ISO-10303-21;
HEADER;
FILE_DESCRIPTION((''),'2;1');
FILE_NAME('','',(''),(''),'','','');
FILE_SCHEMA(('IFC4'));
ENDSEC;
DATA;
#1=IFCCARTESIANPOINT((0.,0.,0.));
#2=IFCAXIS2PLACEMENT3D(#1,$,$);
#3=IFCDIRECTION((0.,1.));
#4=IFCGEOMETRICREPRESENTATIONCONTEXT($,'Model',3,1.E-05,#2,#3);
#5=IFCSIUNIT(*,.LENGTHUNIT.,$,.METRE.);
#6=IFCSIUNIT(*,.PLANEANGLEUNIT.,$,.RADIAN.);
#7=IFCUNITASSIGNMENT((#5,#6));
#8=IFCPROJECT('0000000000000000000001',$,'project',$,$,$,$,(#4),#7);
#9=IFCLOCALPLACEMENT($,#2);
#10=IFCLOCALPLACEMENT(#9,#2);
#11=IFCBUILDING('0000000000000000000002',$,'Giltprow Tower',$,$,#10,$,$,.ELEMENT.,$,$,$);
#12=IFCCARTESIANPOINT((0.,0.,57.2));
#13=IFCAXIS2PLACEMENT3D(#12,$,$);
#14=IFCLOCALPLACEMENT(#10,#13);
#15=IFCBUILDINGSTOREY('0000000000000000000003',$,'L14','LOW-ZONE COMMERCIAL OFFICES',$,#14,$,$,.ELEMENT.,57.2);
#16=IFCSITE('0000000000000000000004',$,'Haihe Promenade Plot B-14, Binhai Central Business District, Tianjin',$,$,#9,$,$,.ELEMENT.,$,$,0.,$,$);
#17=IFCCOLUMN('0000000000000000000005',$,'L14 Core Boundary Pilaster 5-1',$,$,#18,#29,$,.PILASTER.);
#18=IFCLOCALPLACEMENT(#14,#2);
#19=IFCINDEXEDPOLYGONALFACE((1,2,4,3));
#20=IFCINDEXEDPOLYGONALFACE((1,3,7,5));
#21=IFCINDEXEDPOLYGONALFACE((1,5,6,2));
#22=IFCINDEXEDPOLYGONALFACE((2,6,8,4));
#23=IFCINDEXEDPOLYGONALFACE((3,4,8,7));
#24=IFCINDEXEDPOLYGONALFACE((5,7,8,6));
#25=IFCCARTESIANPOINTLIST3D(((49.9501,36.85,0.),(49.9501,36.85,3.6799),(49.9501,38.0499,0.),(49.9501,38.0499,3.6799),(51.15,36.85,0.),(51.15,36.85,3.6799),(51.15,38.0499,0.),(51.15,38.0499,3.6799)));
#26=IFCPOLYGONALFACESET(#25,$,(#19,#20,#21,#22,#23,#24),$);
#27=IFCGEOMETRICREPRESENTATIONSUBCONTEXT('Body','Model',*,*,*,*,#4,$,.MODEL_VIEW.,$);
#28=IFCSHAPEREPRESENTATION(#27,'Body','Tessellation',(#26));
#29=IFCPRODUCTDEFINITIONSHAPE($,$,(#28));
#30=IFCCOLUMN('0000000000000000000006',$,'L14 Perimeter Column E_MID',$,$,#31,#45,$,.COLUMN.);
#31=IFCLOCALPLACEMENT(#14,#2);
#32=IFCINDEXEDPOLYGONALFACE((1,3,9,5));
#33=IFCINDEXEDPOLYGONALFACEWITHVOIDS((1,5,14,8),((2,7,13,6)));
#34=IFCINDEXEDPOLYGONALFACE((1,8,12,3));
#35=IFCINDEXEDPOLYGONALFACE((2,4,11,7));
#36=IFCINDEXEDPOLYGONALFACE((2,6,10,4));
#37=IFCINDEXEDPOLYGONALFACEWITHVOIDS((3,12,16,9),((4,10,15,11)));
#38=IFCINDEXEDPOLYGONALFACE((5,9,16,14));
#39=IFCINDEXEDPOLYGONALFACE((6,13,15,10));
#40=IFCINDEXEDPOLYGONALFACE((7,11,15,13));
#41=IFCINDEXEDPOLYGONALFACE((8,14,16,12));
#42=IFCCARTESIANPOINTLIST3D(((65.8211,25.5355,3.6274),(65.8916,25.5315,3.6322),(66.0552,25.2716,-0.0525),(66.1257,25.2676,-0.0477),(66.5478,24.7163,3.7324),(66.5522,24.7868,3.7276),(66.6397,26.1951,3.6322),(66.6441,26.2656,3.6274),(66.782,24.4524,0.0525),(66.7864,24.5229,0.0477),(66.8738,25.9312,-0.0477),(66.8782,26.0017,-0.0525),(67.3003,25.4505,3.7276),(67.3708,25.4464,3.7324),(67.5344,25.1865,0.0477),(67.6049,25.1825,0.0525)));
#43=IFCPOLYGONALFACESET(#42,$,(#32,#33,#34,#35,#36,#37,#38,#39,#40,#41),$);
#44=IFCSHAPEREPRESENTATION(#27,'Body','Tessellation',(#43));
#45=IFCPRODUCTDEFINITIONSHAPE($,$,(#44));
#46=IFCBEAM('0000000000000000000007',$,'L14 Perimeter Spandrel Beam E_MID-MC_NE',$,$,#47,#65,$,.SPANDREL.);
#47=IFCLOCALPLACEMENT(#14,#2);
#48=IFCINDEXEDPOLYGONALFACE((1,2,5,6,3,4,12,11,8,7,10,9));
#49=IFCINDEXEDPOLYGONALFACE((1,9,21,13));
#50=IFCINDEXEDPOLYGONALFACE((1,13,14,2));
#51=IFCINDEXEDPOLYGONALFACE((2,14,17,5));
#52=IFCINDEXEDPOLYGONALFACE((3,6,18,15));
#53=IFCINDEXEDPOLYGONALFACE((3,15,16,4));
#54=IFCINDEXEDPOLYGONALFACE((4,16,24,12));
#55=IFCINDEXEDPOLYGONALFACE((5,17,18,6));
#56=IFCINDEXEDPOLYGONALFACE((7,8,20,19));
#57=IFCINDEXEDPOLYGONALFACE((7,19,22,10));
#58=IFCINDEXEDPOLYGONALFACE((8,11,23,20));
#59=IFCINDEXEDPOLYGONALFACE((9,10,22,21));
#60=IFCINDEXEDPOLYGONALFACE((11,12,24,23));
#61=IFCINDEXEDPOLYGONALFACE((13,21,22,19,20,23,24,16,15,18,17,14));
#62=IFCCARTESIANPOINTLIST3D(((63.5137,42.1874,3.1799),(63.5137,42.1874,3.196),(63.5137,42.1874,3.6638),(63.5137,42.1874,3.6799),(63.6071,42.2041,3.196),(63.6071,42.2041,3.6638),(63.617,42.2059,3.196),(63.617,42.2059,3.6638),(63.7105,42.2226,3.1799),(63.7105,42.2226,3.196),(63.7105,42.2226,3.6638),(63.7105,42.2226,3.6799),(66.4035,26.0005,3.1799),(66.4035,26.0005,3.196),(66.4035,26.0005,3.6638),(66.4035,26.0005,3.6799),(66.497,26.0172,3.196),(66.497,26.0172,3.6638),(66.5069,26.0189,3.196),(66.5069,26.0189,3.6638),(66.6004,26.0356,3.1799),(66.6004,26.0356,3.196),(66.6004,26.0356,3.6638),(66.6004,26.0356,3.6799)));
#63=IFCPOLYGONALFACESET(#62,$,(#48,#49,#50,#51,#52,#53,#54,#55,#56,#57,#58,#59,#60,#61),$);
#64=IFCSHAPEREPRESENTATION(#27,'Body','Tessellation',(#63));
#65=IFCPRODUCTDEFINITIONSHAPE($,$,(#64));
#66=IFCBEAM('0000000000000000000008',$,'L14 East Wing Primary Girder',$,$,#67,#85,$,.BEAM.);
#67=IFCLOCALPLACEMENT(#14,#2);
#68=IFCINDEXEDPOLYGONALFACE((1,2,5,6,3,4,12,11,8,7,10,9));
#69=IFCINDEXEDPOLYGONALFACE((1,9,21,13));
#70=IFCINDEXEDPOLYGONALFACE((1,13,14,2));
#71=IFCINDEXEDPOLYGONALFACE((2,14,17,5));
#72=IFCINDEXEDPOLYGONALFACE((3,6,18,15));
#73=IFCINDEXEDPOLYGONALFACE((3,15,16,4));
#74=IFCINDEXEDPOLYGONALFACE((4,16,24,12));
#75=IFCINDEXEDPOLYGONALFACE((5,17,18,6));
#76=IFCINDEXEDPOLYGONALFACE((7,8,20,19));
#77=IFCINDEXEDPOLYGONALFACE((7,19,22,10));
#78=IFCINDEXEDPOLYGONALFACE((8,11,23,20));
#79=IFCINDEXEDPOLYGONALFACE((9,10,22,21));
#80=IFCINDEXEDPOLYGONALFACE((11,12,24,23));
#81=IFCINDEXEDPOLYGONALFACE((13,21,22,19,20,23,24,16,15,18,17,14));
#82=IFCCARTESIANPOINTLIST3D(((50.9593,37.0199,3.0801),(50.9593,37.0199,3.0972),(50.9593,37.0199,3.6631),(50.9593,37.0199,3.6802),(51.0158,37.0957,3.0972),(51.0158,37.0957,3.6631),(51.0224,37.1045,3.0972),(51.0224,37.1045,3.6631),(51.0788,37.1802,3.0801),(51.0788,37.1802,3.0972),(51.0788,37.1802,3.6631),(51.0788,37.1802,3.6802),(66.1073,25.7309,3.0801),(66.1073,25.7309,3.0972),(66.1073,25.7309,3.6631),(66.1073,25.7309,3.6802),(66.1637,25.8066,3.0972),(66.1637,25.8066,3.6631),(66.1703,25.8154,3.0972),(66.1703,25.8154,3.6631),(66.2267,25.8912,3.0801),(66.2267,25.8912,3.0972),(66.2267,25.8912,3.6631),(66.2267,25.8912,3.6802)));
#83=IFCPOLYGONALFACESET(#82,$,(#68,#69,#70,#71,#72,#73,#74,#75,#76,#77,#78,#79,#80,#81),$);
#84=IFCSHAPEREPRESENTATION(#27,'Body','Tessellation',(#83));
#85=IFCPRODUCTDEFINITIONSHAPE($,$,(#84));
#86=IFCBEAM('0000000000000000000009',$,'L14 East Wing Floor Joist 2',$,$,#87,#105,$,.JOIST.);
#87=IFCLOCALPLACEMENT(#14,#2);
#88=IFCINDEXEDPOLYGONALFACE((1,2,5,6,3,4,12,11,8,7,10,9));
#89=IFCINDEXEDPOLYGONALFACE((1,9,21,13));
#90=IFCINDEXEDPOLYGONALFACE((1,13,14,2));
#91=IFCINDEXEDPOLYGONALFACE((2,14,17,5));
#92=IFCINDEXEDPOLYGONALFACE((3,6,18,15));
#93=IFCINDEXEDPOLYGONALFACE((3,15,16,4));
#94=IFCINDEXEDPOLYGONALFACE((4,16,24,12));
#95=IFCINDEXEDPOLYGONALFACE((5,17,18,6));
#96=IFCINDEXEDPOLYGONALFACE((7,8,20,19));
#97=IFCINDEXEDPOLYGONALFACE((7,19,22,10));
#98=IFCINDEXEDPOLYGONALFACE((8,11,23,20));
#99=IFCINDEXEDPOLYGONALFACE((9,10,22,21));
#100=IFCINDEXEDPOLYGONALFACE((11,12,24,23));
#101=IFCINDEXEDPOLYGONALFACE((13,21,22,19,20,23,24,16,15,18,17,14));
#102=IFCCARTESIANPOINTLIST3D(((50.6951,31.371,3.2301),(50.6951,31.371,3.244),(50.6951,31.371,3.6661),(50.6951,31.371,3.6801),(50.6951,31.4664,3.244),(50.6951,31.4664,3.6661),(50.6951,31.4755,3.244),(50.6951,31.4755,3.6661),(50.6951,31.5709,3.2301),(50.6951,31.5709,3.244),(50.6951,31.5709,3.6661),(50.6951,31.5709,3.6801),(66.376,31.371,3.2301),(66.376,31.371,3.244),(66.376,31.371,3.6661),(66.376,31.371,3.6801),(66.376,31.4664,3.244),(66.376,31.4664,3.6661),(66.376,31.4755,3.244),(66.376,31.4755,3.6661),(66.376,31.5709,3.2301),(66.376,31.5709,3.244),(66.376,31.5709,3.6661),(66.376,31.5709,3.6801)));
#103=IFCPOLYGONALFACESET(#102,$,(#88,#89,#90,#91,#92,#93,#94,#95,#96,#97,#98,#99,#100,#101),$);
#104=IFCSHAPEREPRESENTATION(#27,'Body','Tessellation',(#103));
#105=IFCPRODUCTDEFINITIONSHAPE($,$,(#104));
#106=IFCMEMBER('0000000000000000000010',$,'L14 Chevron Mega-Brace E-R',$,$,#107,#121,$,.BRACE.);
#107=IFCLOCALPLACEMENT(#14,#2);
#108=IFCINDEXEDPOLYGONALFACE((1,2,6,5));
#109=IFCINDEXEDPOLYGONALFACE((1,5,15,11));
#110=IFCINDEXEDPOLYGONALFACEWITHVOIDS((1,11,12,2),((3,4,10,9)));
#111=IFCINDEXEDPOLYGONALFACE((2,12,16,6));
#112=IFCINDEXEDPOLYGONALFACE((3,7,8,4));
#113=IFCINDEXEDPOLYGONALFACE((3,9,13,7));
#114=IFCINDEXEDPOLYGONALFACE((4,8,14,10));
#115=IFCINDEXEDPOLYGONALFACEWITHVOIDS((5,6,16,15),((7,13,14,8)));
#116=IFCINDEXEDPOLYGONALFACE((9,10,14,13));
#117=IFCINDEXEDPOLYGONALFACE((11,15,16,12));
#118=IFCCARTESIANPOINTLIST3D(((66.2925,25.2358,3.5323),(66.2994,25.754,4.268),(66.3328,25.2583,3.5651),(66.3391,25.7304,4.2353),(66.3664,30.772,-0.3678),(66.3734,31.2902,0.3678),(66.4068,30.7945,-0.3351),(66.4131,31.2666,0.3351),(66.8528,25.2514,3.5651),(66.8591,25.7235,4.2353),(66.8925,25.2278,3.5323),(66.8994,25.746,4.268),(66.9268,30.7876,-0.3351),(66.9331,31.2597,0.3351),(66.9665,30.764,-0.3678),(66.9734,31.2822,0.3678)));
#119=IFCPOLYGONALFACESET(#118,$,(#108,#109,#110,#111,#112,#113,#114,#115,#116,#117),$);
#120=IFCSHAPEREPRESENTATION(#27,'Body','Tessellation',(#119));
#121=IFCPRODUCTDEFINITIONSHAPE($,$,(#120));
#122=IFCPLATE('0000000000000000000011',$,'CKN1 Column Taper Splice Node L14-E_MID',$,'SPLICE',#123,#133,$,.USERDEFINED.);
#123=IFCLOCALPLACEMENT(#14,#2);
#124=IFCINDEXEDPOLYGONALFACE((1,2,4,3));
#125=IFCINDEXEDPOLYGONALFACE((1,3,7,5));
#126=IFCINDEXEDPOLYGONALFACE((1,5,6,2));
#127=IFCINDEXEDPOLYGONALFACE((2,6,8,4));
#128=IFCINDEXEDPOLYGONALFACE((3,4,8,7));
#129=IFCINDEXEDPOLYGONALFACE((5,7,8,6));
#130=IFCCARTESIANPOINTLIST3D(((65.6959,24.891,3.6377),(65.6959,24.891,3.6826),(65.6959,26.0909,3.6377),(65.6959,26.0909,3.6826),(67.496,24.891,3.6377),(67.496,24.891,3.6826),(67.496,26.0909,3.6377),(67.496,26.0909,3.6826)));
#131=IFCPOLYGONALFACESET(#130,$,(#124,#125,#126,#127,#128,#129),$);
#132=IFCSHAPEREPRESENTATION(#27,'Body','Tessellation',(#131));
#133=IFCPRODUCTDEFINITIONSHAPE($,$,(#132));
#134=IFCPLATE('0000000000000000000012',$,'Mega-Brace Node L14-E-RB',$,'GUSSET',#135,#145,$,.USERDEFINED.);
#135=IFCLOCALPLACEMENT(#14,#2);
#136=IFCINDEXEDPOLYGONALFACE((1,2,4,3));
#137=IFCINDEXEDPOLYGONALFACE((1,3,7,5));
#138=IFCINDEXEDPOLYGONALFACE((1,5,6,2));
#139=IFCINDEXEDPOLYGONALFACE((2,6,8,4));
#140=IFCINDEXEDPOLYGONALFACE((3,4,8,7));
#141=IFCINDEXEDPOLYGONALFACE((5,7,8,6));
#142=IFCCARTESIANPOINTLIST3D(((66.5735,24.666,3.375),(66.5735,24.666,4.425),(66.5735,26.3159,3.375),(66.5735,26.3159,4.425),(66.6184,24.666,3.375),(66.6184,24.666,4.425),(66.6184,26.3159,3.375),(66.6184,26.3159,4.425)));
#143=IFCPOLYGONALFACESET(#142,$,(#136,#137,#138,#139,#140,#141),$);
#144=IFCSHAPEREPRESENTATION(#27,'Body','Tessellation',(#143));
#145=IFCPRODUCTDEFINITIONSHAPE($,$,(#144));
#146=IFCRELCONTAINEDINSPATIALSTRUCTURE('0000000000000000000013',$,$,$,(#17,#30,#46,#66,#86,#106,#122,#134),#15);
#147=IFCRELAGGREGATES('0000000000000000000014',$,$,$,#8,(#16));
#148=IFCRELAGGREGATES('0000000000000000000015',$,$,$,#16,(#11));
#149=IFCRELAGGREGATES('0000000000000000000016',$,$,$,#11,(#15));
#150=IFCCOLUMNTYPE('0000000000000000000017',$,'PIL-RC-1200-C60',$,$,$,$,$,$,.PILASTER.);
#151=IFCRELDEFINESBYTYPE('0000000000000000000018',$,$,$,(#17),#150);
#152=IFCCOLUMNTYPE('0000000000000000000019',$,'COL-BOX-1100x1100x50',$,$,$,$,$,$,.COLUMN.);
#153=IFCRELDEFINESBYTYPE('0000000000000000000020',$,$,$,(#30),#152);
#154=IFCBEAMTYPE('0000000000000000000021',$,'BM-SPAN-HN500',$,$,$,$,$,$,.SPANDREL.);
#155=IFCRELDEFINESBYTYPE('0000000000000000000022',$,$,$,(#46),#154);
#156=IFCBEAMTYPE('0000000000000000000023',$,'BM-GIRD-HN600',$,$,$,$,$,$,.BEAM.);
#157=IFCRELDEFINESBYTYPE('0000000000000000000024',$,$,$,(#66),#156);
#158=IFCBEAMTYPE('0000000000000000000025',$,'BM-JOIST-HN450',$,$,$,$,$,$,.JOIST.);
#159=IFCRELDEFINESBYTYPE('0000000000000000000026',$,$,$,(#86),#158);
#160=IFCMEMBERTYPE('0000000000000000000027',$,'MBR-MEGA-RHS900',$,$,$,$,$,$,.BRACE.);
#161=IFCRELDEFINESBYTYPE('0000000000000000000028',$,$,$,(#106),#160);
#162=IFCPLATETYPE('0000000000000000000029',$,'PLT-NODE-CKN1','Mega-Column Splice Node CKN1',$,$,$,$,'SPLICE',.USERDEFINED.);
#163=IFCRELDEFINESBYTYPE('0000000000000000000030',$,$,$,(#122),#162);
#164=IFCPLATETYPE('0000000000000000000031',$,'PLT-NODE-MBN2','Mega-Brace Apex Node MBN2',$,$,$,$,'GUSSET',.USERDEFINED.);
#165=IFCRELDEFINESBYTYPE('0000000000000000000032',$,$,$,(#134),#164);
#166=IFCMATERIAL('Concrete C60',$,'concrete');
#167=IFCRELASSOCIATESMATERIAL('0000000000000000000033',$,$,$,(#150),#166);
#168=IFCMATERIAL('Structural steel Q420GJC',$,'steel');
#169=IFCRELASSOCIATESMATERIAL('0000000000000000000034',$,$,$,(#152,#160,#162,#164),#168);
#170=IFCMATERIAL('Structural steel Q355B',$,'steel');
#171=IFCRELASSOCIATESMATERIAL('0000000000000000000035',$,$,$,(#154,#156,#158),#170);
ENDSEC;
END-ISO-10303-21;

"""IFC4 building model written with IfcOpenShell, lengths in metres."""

from ifc_helpers import new_model, si_unit, direction, frame, origin, origin_2d, place, context, subcontext, project, spatial, rectangle, hollow_rectangle, i_section, extrude, source, transform, mapped, material, material_profile, profile_set, type_object, element, save


model = new_model("IFC4")

# Units and contexts
model_context = context("Model", 3, precision=1e-05, world=origin(), true_north=direction((0.0, 1.0)))
body_context = subcontext(model_context, "Body", "Model", "MODEL_VIEW")
ifc_project = project(units=[si_unit("LENGTHUNIT", "METRE"), si_unit("PLANEANGLEUNIT", "RADIAN")], contexts=[model_context])

# Site, building, storey
site_placement = place(None, origin())
site = spatial("IfcSite", under=ifc_project, at=site_placement, Name="Haihe Promenade Plot B-14, Binhai Central Business District, Tianjin", CompositionType="ELEMENT", RefElevation=0.0)
building_placement = place(site_placement, origin())
building = spatial("IfcBuilding", under=site, at=building_placement, Name="Giltprow Tower", CompositionType="ELEMENT")
storey_placement = place(building_placement, frame((0.0, 0.0, 57.2)))
storey = spatial("IfcBuildingStorey", under=building, at=storey_placement, Name="L14", Description="LOW-ZONE COMMERCIAL OFFICES", CompositionType="ELEMENT", Elevation=57.2)

# Columns
ifc_material_1 = material(Name="Concrete C60", Category="concrete")
ifc_material_profile_1 = material_profile(ifc_material_1, rectangle(XDim=1.2, YDim=1.2, at=origin_2d()), Name="RC 1200x1200")
ifc_profile_set_1 = profile_set([ifc_material_profile_1], Name="Concrete C60")
column_type_1 = type_object("IfcColumnType", Name="PIL-RC-1200-C60", PredefinedType="PILASTER", material=ifc_profile_set_1)
shared_shape_1 = source(origin(), body_context, "Body", "SweptSolid", [
    extrude(rectangle(XDim=1.2, YDim=1.2, at=origin_2d()), origin(), (0.0, 0.0, 1.0), 3.6799),
])
column_1_placement = place(storey_placement, frame((50.55, 37.45, 0.0), z_axis=(0.0, 0.0, 1.0), x_axis=(1.0, 0.0, 0.0)))
element("IfcColumn", 1, at=column_1_placement, inside=storey, type_object=column_type_1, Name="L14 Core Boundary Pilaster 5-1", PredefinedType="PILASTER", context=body_context, shape_type="MappedRepresentation", body=[
    mapped(shared_shape_1, transform((0.0, 0.0, 0.0), x_axis=(1.0, 0.0, 0.0), y_axis=(0.0, 1.0, 0.0), z_axis=(0.0, 0.0, 1.0), scale=1.0)),
])
ifc_material_2 = material(Name="Structural steel Q420GJC", Category="steel")
ifc_material_profile_2 = material_profile(ifc_material_2, hollow_rectangle(XDim=1.1001, YDim=1.1001, WallThickness=0.05, at=origin_2d()), Name="BOX 1100x1100x50")
ifc_profile_set_2 = profile_set([ifc_material_profile_2], Name="Structural steel Q420GJC")
column_type_2 = type_object("IfcColumnType", Name="COL-BOX-1100x1100x50", PredefinedType="COLUMN", material=ifc_profile_set_2)
shared_shape_2 = source(origin(), body_context, "Body", "SweptSolid", [
    extrude(hollow_rectangle(XDim=1.1001, YDim=1.1001, WallThickness=0.05, at=origin_2d()), origin(), (0.0, 0.0, 1.0), 3.6968),
])
column_2_placement = place(storey_placement, frame((66.8301, 25.2271, 0.0), z_axis=(-0.063333, 0.07139, 0.995436), x_axis=(-0.748058, -0.663633, 0.0)))
element("IfcColumn", 2, at=column_2_placement, inside=storey, type_object=column_type_2, Name="L14 Perimeter Column E_MID", PredefinedType="COLUMN", context=body_context, shape_type="MappedRepresentation", body=[
    mapped(shared_shape_2, transform((0.0, 0.0, 0.0), x_axis=(1.0, 0.0, 0.0), y_axis=(0.0, 1.0, 0.0), z_axis=(0.0, 0.0, 1.0), scale=1.0)),
])

# Beams
ifc_material_3 = material(Name="Structural steel Q355B", Category="steel")
ifc_material_profile_3 = material_profile(ifc_material_3, i_section(OverallWidth=0.2, OverallDepth=0.5, WebThickness=0.01, FlangeThickness=0.0161, at=origin_2d()), Name="HN 500x200x10x16")
ifc_profile_set_3 = profile_set([ifc_material_profile_3], Name="Structural steel Q355B")
beam_type_1 = type_object("IfcBeamType", Name="BM-SPAN-HN500", PredefinedType="SPANDREL", material=ifc_profile_set_3)
shared_shape_3 = source(origin(), body_context, "Body", "SweptSolid", [
    extrude(i_section(OverallWidth=0.2, OverallDepth=0.5, WebThickness=0.01, FlangeThickness=0.0161, at=origin_2d()), origin(), (0.0, 0.0, 1.0), 16.4429),
])
beam_1_placement = place(storey_placement, frame((66.502, 26.0181, 3.4299), z_axis=(-0.175753, 0.984434, 0.0), x_axis=(-0.984434, -0.175753, 0.0)))
element("IfcBeam", 3, at=beam_1_placement, inside=storey, type_object=beam_type_1, Name="L14 Perimeter Spandrel Beam E_MID-MC_NE", PredefinedType="SPANDREL", context=body_context, shape_type="MappedRepresentation", body=[
    mapped(shared_shape_3, transform((0.0, 0.0, 0.0), x_axis=(1.0, 0.0, 0.0), y_axis=(0.0, 1.0, 0.0), z_axis=(0.0, 0.0, 1.0), scale=1.0)),
])
ifc_material_profile_4 = material_profile(ifc_material_3, i_section(OverallWidth=0.2, OverallDepth=0.6001, WebThickness=0.011, FlangeThickness=0.0171, at=origin_2d()), Name="HN 600x200x11x17")
ifc_profile_set_4 = profile_set([ifc_material_profile_4], Name="Structural steel Q355B")
beam_type_2 = type_object("IfcBeamType", Name="BM-GIRD-HN600", PredefinedType="BEAM", material=ifc_profile_set_4)
shared_shape_4 = source(origin(), body_context, "Body", "SweptSolid", [
    extrude(i_section(OverallWidth=0.2, OverallDepth=0.6001, WebThickness=0.011, FlangeThickness=0.0171, at=origin_2d()), origin(), (0.0, 0.0, 1.0), 18.8918),
])
beam_2_placement = place(storey_placement, frame((66.167, 25.811, 3.3801), z_axis=(-0.801823, 0.597561, 0.0), x_axis=(-0.597561, -0.801823, 0.0)))
element("IfcBeam", 4, at=beam_2_placement, inside=storey, type_object=beam_type_2, Name="L14 East Wing Primary Girder", PredefinedType="BEAM", context=body_context, shape_type="MappedRepresentation", body=[
    mapped(shared_shape_4, transform((0.0, 0.0, 0.0), x_axis=(1.0, 0.0, 0.0), y_axis=(0.0, 1.0, 0.0), z_axis=(0.0, 0.0, 1.0), scale=1.0)),
])
ifc_material_profile_5 = material_profile(ifc_material_3, i_section(OverallWidth=0.2, OverallDepth=0.45, WebThickness=0.009, FlangeThickness=0.0139, at=origin_2d()), Name="HN 450x200x9x14")
ifc_profile_set_5 = profile_set([ifc_material_profile_5], Name="Structural steel Q355B")
beam_type_3 = type_object("IfcBeamType", Name="BM-JOIST-HN450", PredefinedType="JOIST", material=ifc_profile_set_5)
shared_shape_5 = source(origin(), body_context, "Body", "SweptSolid", [
    extrude(i_section(OverallWidth=0.2, OverallDepth=0.45, WebThickness=0.009, FlangeThickness=0.0139, at=origin_2d()), origin(), (0.0, 0.0, 1.0), 15.6809),
])
beam_3_placement = place(storey_placement, frame((50.6951, 31.4709, 3.4551), z_axis=(1.0, 0.0, 0.0), x_axis=(0.0, 1.0, 0.0)))
element("IfcBeam", 5, at=beam_3_placement, inside=storey, type_object=beam_type_3, Name="L14 East Wing Floor Joist 2", PredefinedType="JOIST", context=body_context, shape_type="MappedRepresentation", body=[
    mapped(shared_shape_5, transform((0.0, 0.0, 0.0), x_axis=(1.0, 0.0, 0.0), y_axis=(0.0, 1.0, 0.0), z_axis=(0.0, 0.0, 1.0), scale=1.0)),
])

# Member
ifc_material_profile_6 = material_profile(ifc_material_2, hollow_rectangle(XDim=0.6001, YDim=0.8999, WallThickness=0.04, at=origin_2d()), Name="RHS 900x600x40")
ifc_profile_set_6 = profile_set([ifc_material_profile_6], Name="Structural steel Q420GJC")
member_type = type_object("IfcMemberType", Name="MBR-MEGA-RHS900", PredefinedType="BRACE", material=ifc_profile_set_6)
shared_shape_6 = source(origin(), body_context, "Body", "SweptSolid", [
    extrude(hollow_rectangle(XDim=0.6001, YDim=0.8999, WallThickness=0.04, at=origin_2d()), origin(), (0.0, 0.0, 1.0), 6.7725),
])
member_placement = place(storey_placement, frame((66.6699, 31.0271, 0.0), z_axis=(-0.010923, -0.817455, 0.575889), x_axis=(0.999911, -0.013361, 0.0)))
element("IfcMember", 6, at=member_placement, inside=storey, type_object=member_type, Name="L14 Chevron Mega-Brace E-R", PredefinedType="BRACE", context=body_context, shape_type="MappedRepresentation", body=[
    mapped(shared_shape_6, transform((0.0, 0.0, 0.0), x_axis=(1.0, 0.0, 0.0), y_axis=(0.0, 1.0, 0.0), z_axis=(0.0, 0.0, 1.0), scale=1.0)),
])

# Plates
plate_type_1 = type_object("IfcPlateType", Name="PLT-NODE-CKN1", Description="Mega-Column Splice Node CKN1", ElementType="SPLICE", PredefinedType="USERDEFINED", material=ifc_material_2)
shared_shape_7 = source(origin(), body_context, "Body", "SweptSolid", [
    extrude(rectangle(XDim=1.8, YDim=1.2, at=origin_2d()), origin(), (0.0, 0.0, 1.0), 0.0449),
])
plate_1_placement = place(storey_placement, frame((66.5959, 25.491, 3.6377), z_axis=(0.0, 0.0, 1.0), x_axis=(1.0, 0.0, 0.0)))
element("IfcPlate", 7, at=plate_1_placement, inside=storey, type_object=plate_type_1, Name="CKN1 Column Taper Splice Node L14-E_MID", ObjectType="SPLICE", PredefinedType="USERDEFINED", context=body_context, shape_type="MappedRepresentation", body=[
    mapped(shared_shape_7, transform((0.0, 0.0, 0.0), x_axis=(1.0, 0.0, 0.0), y_axis=(0.0, 1.0, 0.0), z_axis=(0.0, 0.0, 1.0), scale=1.0)),
])
plate_type_2 = type_object("IfcPlateType", Name="PLT-NODE-MBN2", Description="Mega-Brace Apex Node MBN2", ElementType="GUSSET", PredefinedType="USERDEFINED", material=ifc_material_2)
shared_shape_8 = source(origin(), body_context, "Body", "SweptSolid", [
    extrude(rectangle(XDim=1.6499, YDim=0.0449, at=origin_2d()), origin(), (0.0, 0.0, 1.0), 1.05),
])
plate_2_placement = place(storey_placement, frame((66.5959, 25.491, 3.375), z_axis=(0.0, 0.0, 1.0), x_axis=(0.0, 1.0, 0.0)))
element("IfcPlate", 8, at=plate_2_placement, inside=storey, type_object=plate_type_2, Name="Mega-Brace Node L14-E-RB", ObjectType="GUSSET", PredefinedType="USERDEFINED", context=body_context, shape_type="MappedRepresentation", body=[
    mapped(shared_shape_8, transform((0.0, 0.0, 0.0), x_axis=(1.0, 0.0, 0.0), y_axis=(0.0, 1.0, 0.0), z_axis=(0.0, 0.0, 1.0), scale=1.0)),
])

save(model, "model.ifc")
